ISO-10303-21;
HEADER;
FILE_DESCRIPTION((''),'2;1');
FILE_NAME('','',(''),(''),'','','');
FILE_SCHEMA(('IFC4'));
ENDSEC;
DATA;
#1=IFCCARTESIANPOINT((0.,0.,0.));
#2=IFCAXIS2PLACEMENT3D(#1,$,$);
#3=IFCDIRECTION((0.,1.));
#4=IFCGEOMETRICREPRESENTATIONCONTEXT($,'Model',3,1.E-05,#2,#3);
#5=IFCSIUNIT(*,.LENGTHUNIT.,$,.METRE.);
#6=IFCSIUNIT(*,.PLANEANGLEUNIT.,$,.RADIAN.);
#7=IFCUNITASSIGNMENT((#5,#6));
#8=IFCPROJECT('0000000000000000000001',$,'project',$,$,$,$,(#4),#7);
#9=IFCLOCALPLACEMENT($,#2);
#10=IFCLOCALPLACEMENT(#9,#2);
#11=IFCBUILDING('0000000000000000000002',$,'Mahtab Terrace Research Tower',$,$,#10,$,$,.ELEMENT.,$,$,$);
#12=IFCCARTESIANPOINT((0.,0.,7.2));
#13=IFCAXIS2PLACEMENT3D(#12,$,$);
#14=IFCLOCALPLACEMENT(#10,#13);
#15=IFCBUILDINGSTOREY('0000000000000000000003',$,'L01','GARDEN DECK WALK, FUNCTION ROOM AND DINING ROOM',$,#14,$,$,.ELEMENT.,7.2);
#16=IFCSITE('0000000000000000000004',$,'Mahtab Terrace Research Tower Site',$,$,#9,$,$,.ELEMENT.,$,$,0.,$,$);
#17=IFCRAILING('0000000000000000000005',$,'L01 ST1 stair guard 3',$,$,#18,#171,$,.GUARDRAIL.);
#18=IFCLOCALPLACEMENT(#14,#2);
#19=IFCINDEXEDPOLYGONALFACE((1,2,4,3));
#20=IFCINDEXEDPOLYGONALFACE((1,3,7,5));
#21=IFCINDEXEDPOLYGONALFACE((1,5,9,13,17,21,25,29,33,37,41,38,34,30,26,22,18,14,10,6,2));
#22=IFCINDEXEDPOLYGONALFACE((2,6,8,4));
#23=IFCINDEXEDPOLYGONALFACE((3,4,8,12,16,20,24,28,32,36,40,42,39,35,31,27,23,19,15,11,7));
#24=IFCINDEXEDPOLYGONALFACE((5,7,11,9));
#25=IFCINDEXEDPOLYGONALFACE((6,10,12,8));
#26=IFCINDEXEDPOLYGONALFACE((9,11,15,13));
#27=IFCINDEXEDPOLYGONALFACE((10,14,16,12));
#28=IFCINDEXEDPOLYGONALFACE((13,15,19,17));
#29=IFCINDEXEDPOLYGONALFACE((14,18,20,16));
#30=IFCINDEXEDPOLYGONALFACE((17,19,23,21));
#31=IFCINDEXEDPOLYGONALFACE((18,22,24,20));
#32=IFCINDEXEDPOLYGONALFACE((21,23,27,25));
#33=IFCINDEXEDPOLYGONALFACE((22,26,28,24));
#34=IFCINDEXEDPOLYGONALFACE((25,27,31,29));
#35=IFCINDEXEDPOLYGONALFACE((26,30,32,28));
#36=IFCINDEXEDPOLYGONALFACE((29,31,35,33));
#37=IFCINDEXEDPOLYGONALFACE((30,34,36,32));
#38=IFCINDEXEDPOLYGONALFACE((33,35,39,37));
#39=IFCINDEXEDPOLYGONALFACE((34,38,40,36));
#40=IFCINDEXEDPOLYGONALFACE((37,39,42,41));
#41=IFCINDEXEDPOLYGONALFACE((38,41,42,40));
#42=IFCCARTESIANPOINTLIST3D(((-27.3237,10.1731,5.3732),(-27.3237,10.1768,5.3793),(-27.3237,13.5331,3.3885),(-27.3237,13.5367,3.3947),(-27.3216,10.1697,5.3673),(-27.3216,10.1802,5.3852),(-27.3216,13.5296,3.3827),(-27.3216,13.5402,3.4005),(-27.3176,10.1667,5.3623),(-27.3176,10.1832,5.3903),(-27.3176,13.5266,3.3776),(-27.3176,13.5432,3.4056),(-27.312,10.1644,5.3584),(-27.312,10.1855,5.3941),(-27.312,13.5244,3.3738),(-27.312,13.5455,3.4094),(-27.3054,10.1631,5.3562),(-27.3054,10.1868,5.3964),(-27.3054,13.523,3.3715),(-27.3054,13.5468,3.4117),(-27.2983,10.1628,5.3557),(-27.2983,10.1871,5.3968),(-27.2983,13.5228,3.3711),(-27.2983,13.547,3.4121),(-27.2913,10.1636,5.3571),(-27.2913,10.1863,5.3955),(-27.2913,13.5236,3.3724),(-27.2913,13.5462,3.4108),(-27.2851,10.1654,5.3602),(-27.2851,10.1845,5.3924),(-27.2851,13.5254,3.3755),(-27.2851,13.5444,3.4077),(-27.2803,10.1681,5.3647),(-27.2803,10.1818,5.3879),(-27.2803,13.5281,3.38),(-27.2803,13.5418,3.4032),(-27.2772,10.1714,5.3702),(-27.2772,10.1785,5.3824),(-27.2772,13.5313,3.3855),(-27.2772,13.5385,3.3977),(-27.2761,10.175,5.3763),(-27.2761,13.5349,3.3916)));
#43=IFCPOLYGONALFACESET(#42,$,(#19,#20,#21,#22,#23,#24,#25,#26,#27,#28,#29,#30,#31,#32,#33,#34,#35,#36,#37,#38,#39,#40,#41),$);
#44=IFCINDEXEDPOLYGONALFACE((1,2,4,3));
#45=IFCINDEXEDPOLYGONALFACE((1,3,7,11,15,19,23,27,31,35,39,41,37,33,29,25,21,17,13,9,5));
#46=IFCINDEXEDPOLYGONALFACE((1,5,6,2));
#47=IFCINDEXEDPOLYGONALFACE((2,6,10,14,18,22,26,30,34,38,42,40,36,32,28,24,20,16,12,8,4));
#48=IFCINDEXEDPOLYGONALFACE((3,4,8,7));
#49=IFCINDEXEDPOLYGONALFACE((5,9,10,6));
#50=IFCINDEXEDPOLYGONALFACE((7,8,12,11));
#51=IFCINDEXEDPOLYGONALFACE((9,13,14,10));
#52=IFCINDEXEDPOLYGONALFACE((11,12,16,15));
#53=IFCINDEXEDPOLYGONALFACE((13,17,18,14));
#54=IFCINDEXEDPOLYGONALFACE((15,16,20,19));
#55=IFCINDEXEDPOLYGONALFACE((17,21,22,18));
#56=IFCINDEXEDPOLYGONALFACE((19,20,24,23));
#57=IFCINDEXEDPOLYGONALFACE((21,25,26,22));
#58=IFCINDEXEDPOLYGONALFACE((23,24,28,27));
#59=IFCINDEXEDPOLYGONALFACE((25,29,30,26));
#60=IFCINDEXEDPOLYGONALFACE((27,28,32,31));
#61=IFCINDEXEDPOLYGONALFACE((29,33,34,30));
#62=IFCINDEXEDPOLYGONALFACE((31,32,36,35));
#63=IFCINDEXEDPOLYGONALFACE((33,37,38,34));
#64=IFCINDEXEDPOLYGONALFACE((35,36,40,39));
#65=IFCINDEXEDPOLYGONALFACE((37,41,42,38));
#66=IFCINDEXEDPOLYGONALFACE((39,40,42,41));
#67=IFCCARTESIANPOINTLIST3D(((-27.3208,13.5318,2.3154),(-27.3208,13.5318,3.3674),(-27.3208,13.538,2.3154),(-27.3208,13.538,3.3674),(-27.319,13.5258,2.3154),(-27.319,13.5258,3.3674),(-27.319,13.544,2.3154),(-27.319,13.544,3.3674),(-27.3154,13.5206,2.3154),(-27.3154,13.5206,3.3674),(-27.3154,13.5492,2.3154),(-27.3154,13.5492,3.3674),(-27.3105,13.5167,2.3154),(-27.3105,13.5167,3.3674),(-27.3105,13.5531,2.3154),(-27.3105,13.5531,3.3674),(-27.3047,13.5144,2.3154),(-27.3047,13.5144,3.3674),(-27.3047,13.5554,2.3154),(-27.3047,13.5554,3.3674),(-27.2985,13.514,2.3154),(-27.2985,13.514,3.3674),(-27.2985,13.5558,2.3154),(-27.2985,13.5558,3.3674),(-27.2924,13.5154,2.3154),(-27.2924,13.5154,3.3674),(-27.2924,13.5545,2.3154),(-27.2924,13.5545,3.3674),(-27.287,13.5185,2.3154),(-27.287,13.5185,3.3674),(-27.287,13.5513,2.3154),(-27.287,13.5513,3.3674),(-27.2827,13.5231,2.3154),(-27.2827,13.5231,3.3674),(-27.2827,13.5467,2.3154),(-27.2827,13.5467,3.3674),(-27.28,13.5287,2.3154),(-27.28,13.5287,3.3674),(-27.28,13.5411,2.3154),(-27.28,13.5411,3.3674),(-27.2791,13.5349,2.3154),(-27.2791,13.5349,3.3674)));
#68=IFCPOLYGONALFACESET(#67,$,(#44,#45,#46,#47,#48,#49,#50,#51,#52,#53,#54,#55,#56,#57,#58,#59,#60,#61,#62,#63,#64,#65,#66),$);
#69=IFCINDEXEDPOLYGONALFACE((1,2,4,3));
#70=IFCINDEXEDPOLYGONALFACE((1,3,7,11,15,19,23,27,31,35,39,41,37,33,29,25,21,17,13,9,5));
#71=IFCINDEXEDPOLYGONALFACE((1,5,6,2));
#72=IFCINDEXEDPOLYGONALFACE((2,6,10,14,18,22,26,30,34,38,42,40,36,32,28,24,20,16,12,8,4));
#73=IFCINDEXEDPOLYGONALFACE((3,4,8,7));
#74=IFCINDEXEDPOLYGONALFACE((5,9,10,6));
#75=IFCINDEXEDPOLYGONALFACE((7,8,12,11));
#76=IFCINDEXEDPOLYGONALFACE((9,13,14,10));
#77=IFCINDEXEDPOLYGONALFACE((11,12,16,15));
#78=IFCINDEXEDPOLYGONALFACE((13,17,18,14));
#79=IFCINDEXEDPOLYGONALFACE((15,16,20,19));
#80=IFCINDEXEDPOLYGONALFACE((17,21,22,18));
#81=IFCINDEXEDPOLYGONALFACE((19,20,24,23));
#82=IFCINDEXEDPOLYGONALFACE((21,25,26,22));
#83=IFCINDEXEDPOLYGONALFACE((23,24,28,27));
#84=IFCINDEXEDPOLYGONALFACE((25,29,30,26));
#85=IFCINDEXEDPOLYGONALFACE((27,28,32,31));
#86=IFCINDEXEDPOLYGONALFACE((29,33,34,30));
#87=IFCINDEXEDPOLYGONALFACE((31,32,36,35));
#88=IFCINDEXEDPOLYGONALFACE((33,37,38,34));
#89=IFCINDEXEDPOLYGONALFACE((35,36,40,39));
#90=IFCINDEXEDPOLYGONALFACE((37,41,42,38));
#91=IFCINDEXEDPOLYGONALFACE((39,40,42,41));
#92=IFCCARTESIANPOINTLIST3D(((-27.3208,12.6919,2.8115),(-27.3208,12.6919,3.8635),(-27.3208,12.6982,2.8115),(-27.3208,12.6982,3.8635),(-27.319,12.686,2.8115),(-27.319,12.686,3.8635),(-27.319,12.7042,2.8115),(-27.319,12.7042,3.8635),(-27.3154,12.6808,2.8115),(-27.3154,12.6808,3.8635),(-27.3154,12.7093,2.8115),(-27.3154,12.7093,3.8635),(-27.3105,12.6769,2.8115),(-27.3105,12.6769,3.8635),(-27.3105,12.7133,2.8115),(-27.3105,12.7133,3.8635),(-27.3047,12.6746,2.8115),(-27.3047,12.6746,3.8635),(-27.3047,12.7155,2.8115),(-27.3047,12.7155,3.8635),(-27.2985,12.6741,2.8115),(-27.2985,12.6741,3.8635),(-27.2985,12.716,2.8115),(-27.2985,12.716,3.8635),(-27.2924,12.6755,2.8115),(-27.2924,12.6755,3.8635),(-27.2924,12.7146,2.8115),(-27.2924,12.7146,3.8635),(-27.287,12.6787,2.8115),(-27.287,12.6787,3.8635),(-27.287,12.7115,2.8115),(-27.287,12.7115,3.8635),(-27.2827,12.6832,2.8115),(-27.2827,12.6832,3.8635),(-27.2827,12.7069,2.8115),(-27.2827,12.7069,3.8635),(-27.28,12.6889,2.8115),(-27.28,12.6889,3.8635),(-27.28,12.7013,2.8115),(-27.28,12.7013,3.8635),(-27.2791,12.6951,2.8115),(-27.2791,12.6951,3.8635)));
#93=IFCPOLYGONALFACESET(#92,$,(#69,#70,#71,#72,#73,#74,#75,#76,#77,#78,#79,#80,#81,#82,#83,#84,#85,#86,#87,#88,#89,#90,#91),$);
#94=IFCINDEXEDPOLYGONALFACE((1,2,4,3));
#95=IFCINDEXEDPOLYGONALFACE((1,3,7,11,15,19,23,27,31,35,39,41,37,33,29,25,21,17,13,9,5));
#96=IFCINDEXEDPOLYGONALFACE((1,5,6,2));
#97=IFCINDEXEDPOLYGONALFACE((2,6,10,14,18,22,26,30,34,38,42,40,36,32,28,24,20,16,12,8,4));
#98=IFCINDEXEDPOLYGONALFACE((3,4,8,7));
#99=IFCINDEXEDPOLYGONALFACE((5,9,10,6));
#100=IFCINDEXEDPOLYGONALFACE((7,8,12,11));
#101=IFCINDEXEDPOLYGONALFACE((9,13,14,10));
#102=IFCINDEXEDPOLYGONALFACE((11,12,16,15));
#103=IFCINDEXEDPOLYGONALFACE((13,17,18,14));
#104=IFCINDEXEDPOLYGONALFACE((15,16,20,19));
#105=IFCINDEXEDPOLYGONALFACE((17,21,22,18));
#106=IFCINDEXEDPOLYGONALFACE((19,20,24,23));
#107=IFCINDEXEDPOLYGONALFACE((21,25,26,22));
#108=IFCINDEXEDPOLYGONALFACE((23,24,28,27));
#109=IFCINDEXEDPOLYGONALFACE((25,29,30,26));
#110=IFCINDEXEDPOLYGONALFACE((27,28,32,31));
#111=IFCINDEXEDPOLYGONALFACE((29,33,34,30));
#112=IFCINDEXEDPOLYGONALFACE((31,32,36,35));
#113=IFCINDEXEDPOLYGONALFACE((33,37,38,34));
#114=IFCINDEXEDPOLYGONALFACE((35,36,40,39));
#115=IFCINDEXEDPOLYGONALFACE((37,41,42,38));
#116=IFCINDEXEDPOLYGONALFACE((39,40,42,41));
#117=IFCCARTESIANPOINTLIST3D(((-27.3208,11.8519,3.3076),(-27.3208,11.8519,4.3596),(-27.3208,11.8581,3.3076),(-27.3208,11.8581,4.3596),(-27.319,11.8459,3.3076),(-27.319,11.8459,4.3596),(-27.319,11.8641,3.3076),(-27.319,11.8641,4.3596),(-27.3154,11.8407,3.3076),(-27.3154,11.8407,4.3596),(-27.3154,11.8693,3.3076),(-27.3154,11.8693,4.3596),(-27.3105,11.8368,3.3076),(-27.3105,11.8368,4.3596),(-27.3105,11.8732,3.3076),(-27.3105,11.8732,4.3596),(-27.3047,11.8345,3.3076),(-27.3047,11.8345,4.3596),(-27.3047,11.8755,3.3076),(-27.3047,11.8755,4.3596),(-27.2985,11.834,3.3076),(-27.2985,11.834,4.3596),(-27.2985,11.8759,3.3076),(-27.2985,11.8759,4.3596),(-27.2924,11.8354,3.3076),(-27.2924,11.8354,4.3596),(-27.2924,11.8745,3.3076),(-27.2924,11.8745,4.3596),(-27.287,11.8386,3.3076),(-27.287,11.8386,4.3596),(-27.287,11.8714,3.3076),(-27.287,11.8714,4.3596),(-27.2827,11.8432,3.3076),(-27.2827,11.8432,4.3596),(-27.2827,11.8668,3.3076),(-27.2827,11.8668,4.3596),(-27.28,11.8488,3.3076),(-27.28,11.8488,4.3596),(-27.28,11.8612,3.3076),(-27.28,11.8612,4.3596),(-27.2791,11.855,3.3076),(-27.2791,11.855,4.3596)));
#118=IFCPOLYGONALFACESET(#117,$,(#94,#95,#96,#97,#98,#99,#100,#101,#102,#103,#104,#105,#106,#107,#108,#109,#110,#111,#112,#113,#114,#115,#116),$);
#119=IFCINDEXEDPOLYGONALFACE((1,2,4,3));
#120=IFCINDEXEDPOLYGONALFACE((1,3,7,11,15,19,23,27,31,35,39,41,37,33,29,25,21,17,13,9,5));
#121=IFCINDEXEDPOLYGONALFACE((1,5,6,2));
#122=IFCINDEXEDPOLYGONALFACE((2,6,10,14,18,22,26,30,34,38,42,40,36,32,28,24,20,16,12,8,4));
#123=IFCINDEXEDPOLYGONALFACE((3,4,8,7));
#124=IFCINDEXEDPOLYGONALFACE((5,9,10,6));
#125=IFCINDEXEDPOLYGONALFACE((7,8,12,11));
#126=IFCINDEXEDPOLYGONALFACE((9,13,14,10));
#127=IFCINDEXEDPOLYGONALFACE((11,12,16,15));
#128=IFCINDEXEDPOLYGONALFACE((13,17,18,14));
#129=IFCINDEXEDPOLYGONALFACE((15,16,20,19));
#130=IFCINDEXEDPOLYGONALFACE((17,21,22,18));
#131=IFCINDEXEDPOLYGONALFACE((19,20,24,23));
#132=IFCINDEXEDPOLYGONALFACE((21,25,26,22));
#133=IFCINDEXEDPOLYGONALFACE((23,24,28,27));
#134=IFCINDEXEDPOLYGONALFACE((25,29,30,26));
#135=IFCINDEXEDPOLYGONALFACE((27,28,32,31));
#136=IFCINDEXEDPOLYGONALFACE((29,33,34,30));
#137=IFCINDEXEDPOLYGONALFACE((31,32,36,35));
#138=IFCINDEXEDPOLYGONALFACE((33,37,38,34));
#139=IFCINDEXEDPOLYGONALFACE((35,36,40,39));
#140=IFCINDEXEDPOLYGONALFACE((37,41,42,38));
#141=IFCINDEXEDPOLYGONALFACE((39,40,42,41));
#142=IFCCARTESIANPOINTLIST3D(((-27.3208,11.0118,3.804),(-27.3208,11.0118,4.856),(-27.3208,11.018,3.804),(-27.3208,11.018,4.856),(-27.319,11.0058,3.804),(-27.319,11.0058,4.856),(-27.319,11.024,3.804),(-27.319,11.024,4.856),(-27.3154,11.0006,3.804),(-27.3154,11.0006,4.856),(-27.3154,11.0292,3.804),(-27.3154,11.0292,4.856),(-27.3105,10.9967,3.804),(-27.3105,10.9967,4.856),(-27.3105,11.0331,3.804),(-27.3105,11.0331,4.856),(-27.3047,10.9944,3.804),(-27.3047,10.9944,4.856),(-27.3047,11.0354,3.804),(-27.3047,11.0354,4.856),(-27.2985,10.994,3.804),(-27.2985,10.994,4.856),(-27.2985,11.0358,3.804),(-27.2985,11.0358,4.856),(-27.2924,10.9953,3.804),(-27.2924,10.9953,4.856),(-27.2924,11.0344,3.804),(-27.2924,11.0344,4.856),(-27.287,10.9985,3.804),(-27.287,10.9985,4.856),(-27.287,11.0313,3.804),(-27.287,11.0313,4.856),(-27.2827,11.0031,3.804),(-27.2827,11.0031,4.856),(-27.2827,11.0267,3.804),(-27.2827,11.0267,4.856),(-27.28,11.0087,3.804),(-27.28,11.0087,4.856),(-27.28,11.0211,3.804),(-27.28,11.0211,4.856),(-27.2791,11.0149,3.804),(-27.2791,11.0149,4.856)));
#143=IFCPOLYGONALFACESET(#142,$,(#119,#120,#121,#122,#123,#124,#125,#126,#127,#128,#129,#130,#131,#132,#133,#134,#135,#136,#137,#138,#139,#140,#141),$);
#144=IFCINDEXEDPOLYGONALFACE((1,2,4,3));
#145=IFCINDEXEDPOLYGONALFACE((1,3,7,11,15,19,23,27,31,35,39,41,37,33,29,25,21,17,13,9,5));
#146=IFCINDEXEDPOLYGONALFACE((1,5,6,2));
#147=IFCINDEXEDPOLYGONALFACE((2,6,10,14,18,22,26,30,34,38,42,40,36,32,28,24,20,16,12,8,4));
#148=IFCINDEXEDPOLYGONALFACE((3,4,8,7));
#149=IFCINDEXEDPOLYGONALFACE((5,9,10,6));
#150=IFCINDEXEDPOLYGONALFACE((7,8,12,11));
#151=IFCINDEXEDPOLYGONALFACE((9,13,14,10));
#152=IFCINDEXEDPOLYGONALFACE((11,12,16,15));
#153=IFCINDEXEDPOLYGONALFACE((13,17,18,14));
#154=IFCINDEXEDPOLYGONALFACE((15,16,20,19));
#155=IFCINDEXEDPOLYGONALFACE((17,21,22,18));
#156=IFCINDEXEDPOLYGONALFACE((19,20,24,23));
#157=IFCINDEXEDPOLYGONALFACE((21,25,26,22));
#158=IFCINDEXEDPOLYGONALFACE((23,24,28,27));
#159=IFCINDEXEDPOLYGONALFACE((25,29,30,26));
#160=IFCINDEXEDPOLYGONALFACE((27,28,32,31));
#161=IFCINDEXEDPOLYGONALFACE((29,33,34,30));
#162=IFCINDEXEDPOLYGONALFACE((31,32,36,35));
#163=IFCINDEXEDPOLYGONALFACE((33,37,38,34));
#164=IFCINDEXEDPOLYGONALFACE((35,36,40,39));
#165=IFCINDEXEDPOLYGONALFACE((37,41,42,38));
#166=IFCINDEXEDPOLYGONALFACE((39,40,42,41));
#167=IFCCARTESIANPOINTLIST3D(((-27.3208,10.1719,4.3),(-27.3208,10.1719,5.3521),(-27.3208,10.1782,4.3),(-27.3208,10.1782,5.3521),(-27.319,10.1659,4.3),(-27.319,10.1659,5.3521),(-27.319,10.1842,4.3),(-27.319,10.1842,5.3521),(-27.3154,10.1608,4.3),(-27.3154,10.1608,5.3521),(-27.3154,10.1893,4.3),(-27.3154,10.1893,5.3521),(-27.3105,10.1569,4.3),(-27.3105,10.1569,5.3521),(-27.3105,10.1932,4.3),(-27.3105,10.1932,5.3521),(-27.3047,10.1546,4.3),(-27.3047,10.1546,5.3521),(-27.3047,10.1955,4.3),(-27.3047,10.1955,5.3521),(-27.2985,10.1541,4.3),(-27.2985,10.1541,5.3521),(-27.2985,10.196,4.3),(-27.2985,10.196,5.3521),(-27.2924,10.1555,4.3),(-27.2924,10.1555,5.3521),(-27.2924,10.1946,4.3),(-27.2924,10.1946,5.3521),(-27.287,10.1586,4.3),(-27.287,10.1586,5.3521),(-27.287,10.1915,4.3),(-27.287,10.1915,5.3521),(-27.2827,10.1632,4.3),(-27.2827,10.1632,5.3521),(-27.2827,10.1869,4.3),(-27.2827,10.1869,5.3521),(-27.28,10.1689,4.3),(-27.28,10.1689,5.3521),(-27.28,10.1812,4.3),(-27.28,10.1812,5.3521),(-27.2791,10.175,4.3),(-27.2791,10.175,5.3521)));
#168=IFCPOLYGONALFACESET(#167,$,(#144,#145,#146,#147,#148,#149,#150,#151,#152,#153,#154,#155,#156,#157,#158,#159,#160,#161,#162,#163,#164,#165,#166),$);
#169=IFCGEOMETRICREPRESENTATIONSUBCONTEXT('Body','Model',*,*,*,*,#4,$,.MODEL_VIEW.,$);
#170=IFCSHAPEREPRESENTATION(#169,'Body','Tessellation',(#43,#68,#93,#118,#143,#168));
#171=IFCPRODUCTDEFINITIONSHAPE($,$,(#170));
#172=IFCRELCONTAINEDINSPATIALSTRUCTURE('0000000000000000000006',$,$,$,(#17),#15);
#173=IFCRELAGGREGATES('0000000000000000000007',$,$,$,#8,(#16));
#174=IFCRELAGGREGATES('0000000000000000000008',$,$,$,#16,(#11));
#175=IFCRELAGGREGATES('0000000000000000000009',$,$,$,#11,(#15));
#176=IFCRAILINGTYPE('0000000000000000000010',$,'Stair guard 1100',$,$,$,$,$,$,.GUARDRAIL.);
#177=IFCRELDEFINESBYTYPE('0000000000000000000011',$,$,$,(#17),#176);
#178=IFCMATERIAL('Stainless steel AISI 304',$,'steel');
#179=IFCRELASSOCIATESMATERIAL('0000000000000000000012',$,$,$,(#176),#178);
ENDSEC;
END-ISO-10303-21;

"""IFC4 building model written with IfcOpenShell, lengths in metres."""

from ifc_helpers import new_model, si_unit, direction, frame, origin, origin_2d, place, context, subcontext, project, spatial, circle, extrude, material, type_object, element, save


model = new_model("IFC4")

# Units and contexts
model_context = context("Model", 3, precision=1e-05, world=origin(), true_north=direction((0.0, 1.0)))
body_context = subcontext(model_context, "Body", "Model", "MODEL_VIEW")
ifc_project = project(units=[si_unit("LENGTHUNIT", "METRE"), si_unit("PLANEANGLEUNIT", "RADIAN")], contexts=[model_context])

# Site, building, storey
site_placement = place(None, origin())
site = spatial("IfcSite", under=ifc_project, at=site_placement, Name="Mahtab Terrace Research Tower Site", CompositionType="ELEMENT", RefElevation=0.0)
building_placement = place(site_placement, origin())
building = spatial("IfcBuilding", under=site, at=building_placement, Name="Mahtab Terrace Research Tower", CompositionType="ELEMENT")
storey_placement = place(building_placement, frame((0.0, 0.0, 7.2)))
storey = spatial("IfcBuildingStorey", under=building, at=storey_placement, Name="L01", Description="GARDEN DECK WALK, FUNCTION ROOM AND DINING ROOM", CompositionType="ELEMENT", Elevation=7.2)

# Railing
ifc_material_1 = material(Name="Stainless steel AISI 304", Category="steel")
railing_type_1 = type_object("IfcRailingType", Name="Stair guard 1100", PredefinedType="GUARDRAIL", material=ifc_material_1)
railing_1_placement = place(storey_placement, frame((-27.3, 13.5349, 2.3154)))
element("IfcRailing", 1, at=railing_1_placement, inside=storey, type_object=railing_type_1, Name="L01 ST1 stair guard 3", PredefinedType="GUARDRAIL", context=body_context, shape_type="SweptSolid", body=[
    extrude(circle(Radius=0.0239, at=origin_2d()), frame((0.0, 0.0, 1.0762), z_axis=(0.0, -0.861011, 0.508586), x_axis=(1.0, 0.0, 0.0)), (0.0, 0.0, 1.0), 3.9023),
    extrude(circle(Radius=0.021, at=origin_2d()), origin(), (0.0, 0.0, 1.0), 1.052),
    extrude(circle(Radius=0.021, at=origin_2d()), frame((0.0, -0.8398, 0.4961)), (0.0, 0.0, 1.0), 1.052),
    extrude(circle(Radius=0.021, at=origin_2d()), frame((0.0, -1.6799, 0.9922)), (0.0, 0.0, 1.0), 1.052),
    extrude(circle(Radius=0.021, at=origin_2d()), frame((0.0, -2.52, 1.4885)), (0.0, 0.0, 1.0), 1.052),
    extrude(circle(Radius=0.021, at=origin_2d()), frame((0.0, -3.3599, 1.9846)), (0.0, 0.0, 1.0), 1.052),
])

save(model, "model.ifc")
